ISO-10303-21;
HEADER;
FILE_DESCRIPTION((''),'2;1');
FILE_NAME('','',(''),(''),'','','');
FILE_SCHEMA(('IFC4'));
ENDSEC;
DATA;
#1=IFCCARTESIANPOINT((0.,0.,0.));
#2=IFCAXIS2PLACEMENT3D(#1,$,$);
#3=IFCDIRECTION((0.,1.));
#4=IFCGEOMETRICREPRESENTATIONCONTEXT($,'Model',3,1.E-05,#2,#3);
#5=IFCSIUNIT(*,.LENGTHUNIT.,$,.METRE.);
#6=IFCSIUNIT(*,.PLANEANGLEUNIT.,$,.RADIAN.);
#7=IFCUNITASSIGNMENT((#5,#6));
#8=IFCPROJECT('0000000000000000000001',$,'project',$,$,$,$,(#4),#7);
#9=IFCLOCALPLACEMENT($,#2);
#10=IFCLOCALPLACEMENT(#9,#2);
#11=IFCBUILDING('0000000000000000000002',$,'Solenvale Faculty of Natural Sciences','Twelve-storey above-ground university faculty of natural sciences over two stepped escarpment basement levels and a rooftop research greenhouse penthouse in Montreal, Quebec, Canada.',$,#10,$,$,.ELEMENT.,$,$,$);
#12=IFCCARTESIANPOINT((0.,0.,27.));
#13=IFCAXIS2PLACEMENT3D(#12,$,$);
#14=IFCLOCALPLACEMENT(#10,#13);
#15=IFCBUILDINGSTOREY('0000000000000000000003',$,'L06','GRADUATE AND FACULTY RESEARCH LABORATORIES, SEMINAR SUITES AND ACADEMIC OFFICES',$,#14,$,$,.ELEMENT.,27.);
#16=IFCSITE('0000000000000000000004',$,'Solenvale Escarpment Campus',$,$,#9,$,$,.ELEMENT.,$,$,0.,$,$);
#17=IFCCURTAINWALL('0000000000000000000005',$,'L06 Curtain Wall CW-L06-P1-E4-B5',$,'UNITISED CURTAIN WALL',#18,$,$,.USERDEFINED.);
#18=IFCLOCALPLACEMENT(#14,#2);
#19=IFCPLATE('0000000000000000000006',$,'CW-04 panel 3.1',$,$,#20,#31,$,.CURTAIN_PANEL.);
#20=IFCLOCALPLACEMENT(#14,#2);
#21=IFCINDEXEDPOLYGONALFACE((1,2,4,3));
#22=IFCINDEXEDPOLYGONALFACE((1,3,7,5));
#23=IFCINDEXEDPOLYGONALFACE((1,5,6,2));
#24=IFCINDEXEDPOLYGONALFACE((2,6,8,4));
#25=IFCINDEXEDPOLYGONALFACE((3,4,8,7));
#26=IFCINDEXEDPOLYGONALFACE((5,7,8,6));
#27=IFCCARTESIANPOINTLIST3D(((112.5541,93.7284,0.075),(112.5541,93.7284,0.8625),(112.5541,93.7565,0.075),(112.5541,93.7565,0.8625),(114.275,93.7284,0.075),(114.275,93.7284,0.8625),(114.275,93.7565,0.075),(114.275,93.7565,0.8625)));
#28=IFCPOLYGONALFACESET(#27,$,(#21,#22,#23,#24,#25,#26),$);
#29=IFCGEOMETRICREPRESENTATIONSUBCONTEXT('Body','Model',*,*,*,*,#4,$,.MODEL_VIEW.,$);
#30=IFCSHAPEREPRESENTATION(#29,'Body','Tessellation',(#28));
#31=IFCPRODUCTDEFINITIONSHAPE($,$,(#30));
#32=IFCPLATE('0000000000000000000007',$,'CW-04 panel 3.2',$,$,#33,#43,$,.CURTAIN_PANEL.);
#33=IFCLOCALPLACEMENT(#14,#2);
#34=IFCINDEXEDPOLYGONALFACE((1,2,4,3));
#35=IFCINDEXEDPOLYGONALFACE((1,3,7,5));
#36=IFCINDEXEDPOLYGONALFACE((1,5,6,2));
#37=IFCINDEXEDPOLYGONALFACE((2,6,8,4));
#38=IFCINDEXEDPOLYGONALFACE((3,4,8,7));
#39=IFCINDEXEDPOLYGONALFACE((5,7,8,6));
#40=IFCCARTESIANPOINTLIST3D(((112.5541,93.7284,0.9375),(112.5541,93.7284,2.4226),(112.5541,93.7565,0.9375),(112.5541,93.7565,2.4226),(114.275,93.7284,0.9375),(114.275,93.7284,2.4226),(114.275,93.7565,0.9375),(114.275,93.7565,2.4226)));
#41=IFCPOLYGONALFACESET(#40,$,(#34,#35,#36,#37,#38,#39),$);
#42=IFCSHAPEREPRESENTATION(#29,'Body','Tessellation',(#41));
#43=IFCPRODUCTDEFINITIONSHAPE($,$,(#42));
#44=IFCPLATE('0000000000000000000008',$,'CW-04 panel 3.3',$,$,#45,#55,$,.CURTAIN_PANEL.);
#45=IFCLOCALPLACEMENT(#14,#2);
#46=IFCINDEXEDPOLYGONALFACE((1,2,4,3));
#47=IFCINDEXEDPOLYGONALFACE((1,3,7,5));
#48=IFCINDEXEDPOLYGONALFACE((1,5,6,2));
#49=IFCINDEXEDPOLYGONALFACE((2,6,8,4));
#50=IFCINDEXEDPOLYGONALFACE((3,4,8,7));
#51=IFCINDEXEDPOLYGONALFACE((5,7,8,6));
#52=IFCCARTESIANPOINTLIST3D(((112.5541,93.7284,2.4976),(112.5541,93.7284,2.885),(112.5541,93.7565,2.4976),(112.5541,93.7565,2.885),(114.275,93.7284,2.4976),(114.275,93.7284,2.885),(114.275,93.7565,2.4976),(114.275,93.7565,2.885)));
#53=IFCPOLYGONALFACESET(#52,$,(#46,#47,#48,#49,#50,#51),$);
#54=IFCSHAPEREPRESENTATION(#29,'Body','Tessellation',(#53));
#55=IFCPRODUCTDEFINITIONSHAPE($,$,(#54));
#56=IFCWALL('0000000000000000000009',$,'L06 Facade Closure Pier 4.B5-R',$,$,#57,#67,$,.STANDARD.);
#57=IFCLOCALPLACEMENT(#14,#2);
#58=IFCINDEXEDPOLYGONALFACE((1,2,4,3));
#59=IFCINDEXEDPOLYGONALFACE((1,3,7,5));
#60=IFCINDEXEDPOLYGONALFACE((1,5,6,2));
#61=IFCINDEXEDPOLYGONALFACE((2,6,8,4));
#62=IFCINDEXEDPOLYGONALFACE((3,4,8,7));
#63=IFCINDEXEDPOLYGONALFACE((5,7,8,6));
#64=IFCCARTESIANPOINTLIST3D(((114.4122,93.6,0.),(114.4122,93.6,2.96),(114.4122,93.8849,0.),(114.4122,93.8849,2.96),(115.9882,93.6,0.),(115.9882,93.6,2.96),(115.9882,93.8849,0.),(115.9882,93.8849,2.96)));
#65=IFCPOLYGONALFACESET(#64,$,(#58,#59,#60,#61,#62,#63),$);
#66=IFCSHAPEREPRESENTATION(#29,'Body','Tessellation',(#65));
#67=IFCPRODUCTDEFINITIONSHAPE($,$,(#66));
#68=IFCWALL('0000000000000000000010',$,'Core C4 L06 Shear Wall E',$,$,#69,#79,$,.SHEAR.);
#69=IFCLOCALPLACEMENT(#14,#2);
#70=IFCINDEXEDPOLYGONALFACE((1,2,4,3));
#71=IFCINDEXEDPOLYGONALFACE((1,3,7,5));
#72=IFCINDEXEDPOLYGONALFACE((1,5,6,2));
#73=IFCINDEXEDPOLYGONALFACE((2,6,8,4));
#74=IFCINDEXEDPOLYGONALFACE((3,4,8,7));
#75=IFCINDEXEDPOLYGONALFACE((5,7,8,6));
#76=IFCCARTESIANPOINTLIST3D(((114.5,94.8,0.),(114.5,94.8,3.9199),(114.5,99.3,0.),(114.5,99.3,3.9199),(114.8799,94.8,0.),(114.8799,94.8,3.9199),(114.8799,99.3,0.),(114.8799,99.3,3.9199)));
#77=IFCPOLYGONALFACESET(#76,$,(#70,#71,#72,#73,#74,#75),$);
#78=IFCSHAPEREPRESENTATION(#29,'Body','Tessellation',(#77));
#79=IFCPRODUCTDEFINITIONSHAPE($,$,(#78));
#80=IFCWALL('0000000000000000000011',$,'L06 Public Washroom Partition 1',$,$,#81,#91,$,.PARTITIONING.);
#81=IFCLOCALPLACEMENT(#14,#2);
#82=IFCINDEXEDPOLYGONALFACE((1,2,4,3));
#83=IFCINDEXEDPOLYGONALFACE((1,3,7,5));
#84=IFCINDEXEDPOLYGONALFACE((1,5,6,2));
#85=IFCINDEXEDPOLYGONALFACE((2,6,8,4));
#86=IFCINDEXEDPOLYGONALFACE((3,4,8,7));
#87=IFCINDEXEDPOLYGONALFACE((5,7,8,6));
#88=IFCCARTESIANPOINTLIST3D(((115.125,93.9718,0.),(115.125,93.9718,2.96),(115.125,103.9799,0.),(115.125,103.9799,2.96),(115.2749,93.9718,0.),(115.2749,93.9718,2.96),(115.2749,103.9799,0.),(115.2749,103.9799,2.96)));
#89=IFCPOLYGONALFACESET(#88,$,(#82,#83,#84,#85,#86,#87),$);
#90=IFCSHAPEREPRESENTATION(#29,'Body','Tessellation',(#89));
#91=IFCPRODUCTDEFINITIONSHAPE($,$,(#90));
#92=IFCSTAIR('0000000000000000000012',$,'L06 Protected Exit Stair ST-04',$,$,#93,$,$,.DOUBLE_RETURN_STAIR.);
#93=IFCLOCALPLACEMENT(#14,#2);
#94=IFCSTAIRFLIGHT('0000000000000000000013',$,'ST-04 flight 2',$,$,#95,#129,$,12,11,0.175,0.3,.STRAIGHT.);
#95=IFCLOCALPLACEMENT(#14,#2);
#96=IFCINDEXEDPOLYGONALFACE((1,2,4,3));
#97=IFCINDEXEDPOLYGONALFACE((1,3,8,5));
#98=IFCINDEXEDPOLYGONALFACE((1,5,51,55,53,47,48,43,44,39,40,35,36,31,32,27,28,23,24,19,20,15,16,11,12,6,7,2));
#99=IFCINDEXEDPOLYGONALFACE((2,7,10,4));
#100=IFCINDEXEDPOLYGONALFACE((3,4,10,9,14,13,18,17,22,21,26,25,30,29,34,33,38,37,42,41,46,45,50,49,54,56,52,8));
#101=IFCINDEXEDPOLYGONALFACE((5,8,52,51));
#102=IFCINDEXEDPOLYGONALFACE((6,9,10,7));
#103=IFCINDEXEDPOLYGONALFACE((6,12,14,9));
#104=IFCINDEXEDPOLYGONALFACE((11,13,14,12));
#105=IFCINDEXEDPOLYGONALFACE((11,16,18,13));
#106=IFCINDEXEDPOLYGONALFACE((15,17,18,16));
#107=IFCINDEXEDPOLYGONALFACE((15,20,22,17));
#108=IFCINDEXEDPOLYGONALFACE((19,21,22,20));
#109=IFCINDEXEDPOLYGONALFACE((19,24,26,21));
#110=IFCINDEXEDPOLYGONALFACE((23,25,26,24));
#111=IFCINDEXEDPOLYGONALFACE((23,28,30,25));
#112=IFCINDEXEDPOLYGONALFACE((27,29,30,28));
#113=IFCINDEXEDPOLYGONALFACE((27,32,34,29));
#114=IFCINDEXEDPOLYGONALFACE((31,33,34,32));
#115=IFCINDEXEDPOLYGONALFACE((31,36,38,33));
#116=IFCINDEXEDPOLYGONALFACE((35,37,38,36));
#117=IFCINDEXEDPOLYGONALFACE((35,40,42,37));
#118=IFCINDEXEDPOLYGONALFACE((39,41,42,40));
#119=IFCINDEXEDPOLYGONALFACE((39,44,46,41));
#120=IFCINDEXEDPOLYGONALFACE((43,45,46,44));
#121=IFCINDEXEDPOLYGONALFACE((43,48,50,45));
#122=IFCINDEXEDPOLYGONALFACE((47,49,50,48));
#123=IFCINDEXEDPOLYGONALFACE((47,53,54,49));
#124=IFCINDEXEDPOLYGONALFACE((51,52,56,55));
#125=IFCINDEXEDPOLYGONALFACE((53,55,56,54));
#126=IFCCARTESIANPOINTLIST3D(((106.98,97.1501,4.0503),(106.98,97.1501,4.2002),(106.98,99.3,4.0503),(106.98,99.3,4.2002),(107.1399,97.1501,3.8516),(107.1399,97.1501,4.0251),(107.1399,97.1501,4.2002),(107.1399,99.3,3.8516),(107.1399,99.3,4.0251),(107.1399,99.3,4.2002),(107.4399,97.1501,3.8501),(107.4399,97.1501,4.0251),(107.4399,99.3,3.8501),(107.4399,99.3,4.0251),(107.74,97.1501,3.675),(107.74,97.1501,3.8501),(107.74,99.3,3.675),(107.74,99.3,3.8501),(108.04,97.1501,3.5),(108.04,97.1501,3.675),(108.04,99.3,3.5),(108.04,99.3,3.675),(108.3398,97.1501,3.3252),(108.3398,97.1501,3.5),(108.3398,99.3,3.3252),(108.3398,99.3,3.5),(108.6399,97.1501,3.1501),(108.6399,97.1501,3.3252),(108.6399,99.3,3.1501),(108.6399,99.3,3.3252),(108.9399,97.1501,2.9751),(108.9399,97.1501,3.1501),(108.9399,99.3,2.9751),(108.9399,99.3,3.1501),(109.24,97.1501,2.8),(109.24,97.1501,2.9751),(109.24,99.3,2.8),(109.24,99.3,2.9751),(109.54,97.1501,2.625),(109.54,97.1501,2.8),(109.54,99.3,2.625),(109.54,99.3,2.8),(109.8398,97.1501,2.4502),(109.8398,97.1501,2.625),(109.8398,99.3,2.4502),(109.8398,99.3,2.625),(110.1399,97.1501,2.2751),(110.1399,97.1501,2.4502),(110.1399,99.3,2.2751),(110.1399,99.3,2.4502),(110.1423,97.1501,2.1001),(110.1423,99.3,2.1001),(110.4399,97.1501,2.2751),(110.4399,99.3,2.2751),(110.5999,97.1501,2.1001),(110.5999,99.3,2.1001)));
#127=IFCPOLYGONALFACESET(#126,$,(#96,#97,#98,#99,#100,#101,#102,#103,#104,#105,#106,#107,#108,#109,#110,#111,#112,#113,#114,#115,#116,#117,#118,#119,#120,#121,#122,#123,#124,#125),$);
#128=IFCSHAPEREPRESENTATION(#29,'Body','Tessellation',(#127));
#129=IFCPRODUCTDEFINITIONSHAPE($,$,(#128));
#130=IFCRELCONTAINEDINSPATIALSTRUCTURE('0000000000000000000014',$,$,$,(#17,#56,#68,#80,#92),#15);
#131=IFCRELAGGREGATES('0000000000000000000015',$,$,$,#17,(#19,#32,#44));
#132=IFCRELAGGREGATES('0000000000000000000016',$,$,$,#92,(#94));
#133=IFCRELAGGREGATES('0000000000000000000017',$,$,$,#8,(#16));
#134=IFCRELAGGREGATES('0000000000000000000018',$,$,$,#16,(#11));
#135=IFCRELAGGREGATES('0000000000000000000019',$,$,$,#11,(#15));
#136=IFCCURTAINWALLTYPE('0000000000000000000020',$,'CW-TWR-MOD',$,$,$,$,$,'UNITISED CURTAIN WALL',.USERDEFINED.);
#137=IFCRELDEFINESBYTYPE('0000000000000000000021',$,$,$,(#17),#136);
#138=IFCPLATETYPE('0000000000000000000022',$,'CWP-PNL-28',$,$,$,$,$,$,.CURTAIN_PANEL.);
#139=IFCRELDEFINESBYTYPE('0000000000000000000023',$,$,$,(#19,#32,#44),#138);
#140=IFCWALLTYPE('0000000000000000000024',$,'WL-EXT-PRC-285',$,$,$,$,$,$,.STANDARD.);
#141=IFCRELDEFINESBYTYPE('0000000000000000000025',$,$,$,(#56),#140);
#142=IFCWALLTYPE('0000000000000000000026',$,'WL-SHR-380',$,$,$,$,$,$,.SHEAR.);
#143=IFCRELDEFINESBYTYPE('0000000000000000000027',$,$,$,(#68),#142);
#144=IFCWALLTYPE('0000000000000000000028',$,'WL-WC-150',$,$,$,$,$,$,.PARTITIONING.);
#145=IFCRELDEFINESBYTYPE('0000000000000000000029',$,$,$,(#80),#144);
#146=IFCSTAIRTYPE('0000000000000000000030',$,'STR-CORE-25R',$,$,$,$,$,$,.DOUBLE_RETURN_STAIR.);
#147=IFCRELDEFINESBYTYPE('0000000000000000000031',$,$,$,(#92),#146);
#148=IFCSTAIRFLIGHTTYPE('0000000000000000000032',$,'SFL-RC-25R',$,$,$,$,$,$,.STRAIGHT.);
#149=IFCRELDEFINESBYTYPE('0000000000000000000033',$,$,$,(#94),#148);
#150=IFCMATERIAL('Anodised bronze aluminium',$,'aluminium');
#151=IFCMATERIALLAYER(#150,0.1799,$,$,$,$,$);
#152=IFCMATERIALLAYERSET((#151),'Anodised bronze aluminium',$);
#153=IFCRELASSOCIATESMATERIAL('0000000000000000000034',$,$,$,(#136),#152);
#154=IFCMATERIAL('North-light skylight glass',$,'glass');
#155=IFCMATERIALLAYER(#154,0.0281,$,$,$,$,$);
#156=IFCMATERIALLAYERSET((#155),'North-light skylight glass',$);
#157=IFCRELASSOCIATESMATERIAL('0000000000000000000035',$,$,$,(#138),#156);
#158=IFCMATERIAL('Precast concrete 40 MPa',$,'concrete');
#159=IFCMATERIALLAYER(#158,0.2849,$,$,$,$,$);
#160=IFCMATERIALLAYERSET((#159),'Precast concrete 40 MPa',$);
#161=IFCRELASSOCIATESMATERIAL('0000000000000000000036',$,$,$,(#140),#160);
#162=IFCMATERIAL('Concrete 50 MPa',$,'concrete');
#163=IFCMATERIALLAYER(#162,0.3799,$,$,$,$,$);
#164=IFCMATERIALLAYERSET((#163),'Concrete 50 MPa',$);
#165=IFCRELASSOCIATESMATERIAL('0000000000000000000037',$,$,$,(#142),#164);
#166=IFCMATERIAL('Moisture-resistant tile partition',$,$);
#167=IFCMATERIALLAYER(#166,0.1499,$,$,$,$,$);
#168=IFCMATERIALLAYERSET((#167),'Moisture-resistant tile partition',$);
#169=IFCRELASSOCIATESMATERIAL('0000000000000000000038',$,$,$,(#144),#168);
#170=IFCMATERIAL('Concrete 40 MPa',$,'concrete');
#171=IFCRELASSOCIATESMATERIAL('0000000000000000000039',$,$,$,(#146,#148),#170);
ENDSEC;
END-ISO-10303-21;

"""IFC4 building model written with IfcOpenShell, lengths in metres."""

from ifc_helpers import new_model, si_unit, direction, frame, frame_2d, origin, origin_2d, place, context, subcontext, project, spatial, polyline, rectangle, outline, extrude, material, layer, layer_set, type_object, element, aggregate, save


model = new_model("IFC4")

# Units and contexts
model_context = context("Model", 3, precision=1e-05, world=origin(), true_north=direction((0.0, 1.0)))
body_context = subcontext(model_context, "Body", "Model", "MODEL_VIEW")
ifc_project = project(units=[si_unit("LENGTHUNIT", "METRE"), si_unit("PLANEANGLEUNIT", "RADIAN")], contexts=[model_context])

# Site, building, storey
site_placement = place(None, origin())
site = spatial("IfcSite", under=ifc_project, at=site_placement, Name="Solenvale Escarpment Campus", CompositionType="ELEMENT", RefElevation=0.0)
building_placement = place(site_placement, origin())
building = spatial("IfcBuilding", under=site, at=building_placement, Name="Solenvale Faculty of Natural Sciences", Description="Twelve-storey above-ground university faculty of natural sciences over two stepped escarpment basement levels and a rooftop research greenhouse penthouse in Montreal, Quebec, Canada.", CompositionType="ELEMENT")
storey_placement = place(building_placement, frame((0.0, 0.0, 27.0)))
storey = spatial("IfcBuildingStorey", under=building, at=storey_placement, Name="L06", Description="GRADUATE AND FACULTY RESEARCH LABORATORIES, SEMINAR SUITES AND ACADEMIC OFFICES", CompositionType="ELEMENT", Elevation=27.0)

# Shared definitions
ifc_material_1 = material(Name="Concrete 40 MPa", Category="concrete")

# Curtain wall
ifc_material_2 = material(Name="Anodised bronze aluminium", Category="aluminium")
ifc_layer_1 = layer(ifc_material_2, 0.1799)
ifc_layer_set_1 = layer_set([ifc_layer_1], Name="Anodised bronze aluminium")
curtain_wall_type = type_object("IfcCurtainWallType", Name="CW-TWR-MOD", ElementType="UNITISED CURTAIN WALL", PredefinedType="USERDEFINED", material=ifc_layer_set_1)
curtain_wall_1_placement = place(storey_placement, origin())
curtain_wall_1 = element("IfcCurtainWall", 1, at=curtain_wall_1_placement, inside=storey, type_object=curtain_wall_type, Name="L06 Curtain Wall CW-L06-P1-E4-B5", ObjectType="UNITISED CURTAIN WALL", PredefinedType="USERDEFINED")

# Plates
ifc_material_3 = material(Name="North-light skylight glass", Category="glass")
ifc_layer_2 = layer(ifc_material_3, 0.0281)
ifc_layer_set_2 = layer_set([ifc_layer_2], Name="North-light skylight glass")
plate_type = type_object("IfcPlateType", Name="CWP-PNL-28", PredefinedType="CURTAIN_PANEL", material=ifc_layer_set_2)
plate_1_placement = place(storey_placement, frame((113.4146, 93.7424, 0.075), z_axis=(0.0, 0.0, 1.0), x_axis=(1.0, 0.0, 0.0)))
plate_1 = element("IfcPlate", 2, at=plate_1_placement, type_object=plate_type, Name="CW-04 panel 3.1", PredefinedType="CURTAIN_PANEL", context=body_context, shape_type="SweptSolid", body=[
    extrude(rectangle(XDim=1.7209, YDim=0.0281, at=origin_2d()), origin(), (0.0, 0.0, 1.0), 0.7876),
])
plate_2_placement = place(storey_placement, frame((113.4146, 93.7424, 0.9375), z_axis=(0.0, 0.0, 1.0), x_axis=(1.0, 0.0, 0.0)))
plate_2 = element("IfcPlate", 3, at=plate_2_placement, type_object=plate_type, Name="CW-04 panel 3.2", PredefinedType="CURTAIN_PANEL", context=body_context, shape_type="SweptSolid", body=[
    extrude(rectangle(XDim=1.7209, YDim=0.0281, at=origin_2d()), origin(), (0.0, 0.0, 1.0), 1.4851),
])
plate_3_placement = place(storey_placement, frame((113.4146, 93.7424, 2.4976), z_axis=(0.0, 0.0, 1.0), x_axis=(1.0, 0.0, 0.0)))
plate_3 = element("IfcPlate", 4, at=plate_3_placement, type_object=plate_type, Name="CW-04 panel 3.3", PredefinedType="CURTAIN_PANEL", context=body_context, shape_type="SweptSolid", body=[
    extrude(rectangle(XDim=1.7209, YDim=0.0281, at=origin_2d()), origin(), (0.0, 0.0, 1.0), 0.3875),
])
aggregate(curtain_wall_1, [plate_1, plate_2, plate_3])

# Walls
ifc_material_4 = material(Name="Precast concrete 40 MPa", Category="concrete")
ifc_layer_3 = layer(ifc_material_4, 0.2849)
ifc_layer_set_3 = layer_set([ifc_layer_3], Name="Precast concrete 40 MPa")
wall_type_1 = type_object("IfcWallType", Name="WL-EXT-PRC-285", PredefinedType="STANDARD", material=ifc_layer_set_3)
wall_1_placement = place(storey_placement, frame((114.4121, 93.7424, 0.0), z_axis=(0.0, 0.0, 1.0), x_axis=(1.0, 0.0, 0.0)))
element("IfcWall", 5, at=wall_1_placement, inside=storey, type_object=wall_type_1, Name="L06 Facade Closure Pier 4.B5-R", PredefinedType="STANDARD", context=body_context, shape_type="SweptSolid", body=[
    extrude(rectangle(XDim=1.5759, YDim=0.2849, at=frame_2d((0.7881, 0.0))), origin(), (0.0, 0.0, 1.0), 2.96),
])
ifc_material_5 = material(Name="Concrete 50 MPa", Category="concrete")
ifc_layer_4 = layer(ifc_material_5, 0.3799)
ifc_layer_set_4 = layer_set([ifc_layer_4], Name="Concrete 50 MPa")
wall_type_2 = type_object("IfcWallType", Name="WL-SHR-380", PredefinedType="SHEAR", material=ifc_layer_set_4)
wall_2_placement = place(storey_placement, frame((114.6899, 94.8, 0.0), z_axis=(0.0, 0.0, 1.0), x_axis=(0.0, 1.0, 0.0)))
element("IfcWall", 6, at=wall_2_placement, inside=storey, type_object=wall_type_2, Name="Core C4 L06 Shear Wall E", PredefinedType="SHEAR", context=body_context, shape_type="SweptSolid", body=[
    extrude(rectangle(XDim=4.5, YDim=0.3799, at=frame_2d((2.25, 0.0))), origin(), (0.0, 0.0, 1.0), 3.9199),
])
ifc_material_6 = material(Name="Moisture-resistant tile partition")
ifc_layer_5 = layer(ifc_material_6, 0.1499)
ifc_layer_set_5 = layer_set([ifc_layer_5], Name="Moisture-resistant tile partition")
wall_type_3 = type_object("IfcWallType", Name="WL-WC-150", PredefinedType="PARTITIONING", material=ifc_layer_set_5)
wall_3_placement = place(storey_placement, frame((115.2, 93.9719, 0.0), z_axis=(0.0, 0.0, 1.0), x_axis=(0.0, 1.0, 0.0)))
element("IfcWall", 7, at=wall_3_placement, inside=storey, type_object=wall_type_3, Name="L06 Public Washroom Partition 1", PredefinedType="PARTITIONING", context=body_context, shape_type="SweptSolid", body=[
    extrude(rectangle(XDim=10.0081, YDim=0.1499, at=frame_2d((5.0039, 0.0))), origin(), (0.0, 0.0, 1.0), 2.96),
])

# Stair, stair flight
stair_type = type_object("IfcStairType", Name="STR-CORE-25R", PredefinedType="DOUBLE_RETURN_STAIR", material=ifc_material_1)
stair_placement = place(storey_placement, origin())
stair = element("IfcStair", 8, at=stair_placement, inside=storey, type_object=stair_type, Name="L06 Protected Exit Stair ST-04", PredefinedType="DOUBLE_RETURN_STAIR")
stair_flight_type = type_object("IfcStairFlightType", Name="SFL-RC-25R", PredefinedType="STRAIGHT", material=ifc_material_1)
stair_flight_placement = place(storey_placement, frame((110.4399, 98.2251, 2.1001), z_axis=(0.0, 0.0, 1.0), x_axis=(-1.0, 0.0, 0.0)))
stair_flight = element("IfcStairFlight", 9, at=stair_flight_placement, type_object=stair_flight_type, Name="ST-04 flight 2", NumberOfRisers=12, NumberOfTreads=11, PredefinedType="STRAIGHT", RiserHeight=0.175, TreadLength=0.3, context=body_context, shape_type="SweptSolid", body=[
    extrude(outline(polyline([(-0.1599, 0.0), (0.0, 0.175), (0.3, 0.175), (0.3, 0.3501), (0.6001, 0.3501), (0.6001, 0.5249), (0.8999, 0.5249), (0.8999, 0.7), (1.2, 0.7), (1.2, 0.875), (1.5, 0.875), (1.5, 1.05), (1.8, 1.05), (1.8, 1.2251), (2.1001, 1.2251), (2.1001, 1.3999), (2.3999, 1.3999), (2.3999, 1.575), (2.7, 1.575), (2.7, 1.75), (3.0, 1.75), (3.0, 1.925), (3.3, 1.925), (3.3, 2.1001), (3.46, 2.1001), (3.46, 1.9502), (3.3, 1.7515), (0.2976, 0.0), (-0.1599, 0.0)])), frame((0.0, 1.075, 0.0), z_axis=(0.0, -1.0, 0.0), x_axis=(1.0, 0.0, 0.0)), (0.0, 0.0, 1.0), 2.1499),
])
aggregate(stair, [stair_flight])

save(model, "model.ifc")
